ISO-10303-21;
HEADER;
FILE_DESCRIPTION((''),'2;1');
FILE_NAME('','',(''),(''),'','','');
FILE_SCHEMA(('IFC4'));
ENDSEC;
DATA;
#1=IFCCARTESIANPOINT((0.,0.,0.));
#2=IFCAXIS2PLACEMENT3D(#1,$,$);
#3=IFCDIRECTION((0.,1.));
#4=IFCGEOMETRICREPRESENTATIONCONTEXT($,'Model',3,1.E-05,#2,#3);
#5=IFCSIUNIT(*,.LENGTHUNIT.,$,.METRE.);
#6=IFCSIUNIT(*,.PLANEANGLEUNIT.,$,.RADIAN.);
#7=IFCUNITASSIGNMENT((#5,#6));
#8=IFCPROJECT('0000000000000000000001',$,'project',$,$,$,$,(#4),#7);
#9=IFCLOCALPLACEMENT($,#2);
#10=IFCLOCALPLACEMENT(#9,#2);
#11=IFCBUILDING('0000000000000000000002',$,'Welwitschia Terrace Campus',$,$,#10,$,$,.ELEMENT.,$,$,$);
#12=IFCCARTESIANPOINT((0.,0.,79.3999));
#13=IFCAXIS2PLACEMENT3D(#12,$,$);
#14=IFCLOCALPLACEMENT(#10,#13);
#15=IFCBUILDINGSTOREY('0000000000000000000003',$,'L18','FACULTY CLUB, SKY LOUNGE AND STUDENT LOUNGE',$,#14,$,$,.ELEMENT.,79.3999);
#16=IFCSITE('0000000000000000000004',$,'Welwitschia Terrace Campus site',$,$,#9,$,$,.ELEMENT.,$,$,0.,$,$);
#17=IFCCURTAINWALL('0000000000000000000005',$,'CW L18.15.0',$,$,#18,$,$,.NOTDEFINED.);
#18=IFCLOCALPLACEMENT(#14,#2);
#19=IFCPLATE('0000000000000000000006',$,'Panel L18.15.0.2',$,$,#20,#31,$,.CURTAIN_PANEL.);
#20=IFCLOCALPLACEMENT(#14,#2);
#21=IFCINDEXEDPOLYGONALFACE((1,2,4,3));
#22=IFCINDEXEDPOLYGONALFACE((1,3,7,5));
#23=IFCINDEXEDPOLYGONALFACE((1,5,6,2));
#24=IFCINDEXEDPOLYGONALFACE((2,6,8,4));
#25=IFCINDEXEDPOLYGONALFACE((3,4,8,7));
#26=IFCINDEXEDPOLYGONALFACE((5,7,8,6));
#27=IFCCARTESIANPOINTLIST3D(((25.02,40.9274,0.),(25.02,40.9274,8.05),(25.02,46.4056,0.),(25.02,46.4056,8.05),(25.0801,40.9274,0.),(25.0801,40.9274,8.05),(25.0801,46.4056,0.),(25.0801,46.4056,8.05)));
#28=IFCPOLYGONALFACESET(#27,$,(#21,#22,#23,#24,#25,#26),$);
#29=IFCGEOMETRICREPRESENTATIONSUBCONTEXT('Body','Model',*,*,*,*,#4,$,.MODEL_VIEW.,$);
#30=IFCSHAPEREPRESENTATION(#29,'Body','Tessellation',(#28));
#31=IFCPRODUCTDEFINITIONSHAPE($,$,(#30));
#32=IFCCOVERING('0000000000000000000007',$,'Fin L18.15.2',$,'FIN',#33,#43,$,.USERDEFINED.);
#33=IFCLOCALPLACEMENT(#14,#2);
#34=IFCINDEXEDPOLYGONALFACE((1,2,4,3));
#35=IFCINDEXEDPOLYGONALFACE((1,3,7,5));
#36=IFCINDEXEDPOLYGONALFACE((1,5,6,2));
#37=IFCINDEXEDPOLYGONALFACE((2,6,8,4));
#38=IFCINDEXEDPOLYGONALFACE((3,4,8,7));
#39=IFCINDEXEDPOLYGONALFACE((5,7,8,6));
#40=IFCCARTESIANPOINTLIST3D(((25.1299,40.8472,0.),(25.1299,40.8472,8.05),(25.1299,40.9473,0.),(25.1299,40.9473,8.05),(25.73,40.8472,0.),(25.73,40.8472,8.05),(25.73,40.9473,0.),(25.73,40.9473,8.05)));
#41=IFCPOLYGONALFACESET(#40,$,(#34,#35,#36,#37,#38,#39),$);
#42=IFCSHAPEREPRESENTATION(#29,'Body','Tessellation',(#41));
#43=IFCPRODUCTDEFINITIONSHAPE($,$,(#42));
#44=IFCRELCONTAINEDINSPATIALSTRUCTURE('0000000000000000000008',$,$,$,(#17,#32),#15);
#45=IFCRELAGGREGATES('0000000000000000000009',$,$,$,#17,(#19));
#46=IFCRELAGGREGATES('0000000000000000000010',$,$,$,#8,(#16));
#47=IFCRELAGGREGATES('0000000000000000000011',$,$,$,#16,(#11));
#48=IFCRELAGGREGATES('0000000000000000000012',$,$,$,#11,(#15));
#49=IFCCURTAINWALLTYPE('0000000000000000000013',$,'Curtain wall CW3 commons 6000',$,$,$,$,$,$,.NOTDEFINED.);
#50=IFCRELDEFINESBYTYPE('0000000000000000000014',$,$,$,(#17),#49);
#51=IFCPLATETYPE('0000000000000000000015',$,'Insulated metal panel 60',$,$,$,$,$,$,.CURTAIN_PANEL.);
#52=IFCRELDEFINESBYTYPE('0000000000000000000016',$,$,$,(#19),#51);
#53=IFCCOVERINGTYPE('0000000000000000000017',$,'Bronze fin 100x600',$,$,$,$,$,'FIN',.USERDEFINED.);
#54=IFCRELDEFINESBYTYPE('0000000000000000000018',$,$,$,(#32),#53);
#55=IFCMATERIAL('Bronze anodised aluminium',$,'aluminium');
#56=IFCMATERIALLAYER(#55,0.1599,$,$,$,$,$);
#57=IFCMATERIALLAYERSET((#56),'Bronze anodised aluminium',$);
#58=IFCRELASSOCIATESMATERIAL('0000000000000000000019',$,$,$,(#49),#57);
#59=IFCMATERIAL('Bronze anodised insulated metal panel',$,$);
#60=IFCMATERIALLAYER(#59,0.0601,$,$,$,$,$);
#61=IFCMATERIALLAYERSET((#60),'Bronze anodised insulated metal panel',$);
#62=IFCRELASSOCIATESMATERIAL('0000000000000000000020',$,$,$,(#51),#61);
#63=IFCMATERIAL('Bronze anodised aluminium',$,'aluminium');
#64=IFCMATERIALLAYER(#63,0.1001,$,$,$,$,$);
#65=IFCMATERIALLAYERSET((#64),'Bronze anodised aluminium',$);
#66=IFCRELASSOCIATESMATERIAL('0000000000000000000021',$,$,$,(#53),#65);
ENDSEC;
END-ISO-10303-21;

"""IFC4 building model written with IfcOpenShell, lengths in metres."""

from ifc_helpers import new_model, si_unit, direction, frame, origin, origin_2d, place, context, subcontext, project, spatial, rectangle, extrude, material, layer, layer_set, type_object, element, aggregate, save


model = new_model("IFC4")

# Units and contexts
model_context = context("Model", 3, precision=1e-05, world=origin(), true_north=direction((0.0, 1.0)))
body_context = subcontext(model_context, "Body", "Model", "MODEL_VIEW")
ifc_project = project(units=[si_unit("LENGTHUNIT", "METRE"), si_unit("PLANEANGLEUNIT", "RADIAN")], contexts=[model_context])

# Site, building, storey
site_placement = place(None, origin())
site = spatial("IfcSite", under=ifc_project, at=site_placement, Name="Welwitschia Terrace Campus site", CompositionType="ELEMENT", RefElevation=0.0)
building_placement = place(site_placement, origin())
building = spatial("IfcBuilding", under=site, at=building_placement, Name="Welwitschia Terrace Campus", CompositionType="ELEMENT")
storey_placement = place(building_placement, frame((0.0, 0.0, 79.3999)))
storey = spatial("IfcBuildingStorey", under=building, at=storey_placement, Name="L18", Description="FACULTY CLUB, SKY LOUNGE AND STUDENT LOUNGE", CompositionType="ELEMENT", Elevation=79.3999)

# Curtain wall
ifc_material_1 = material(Name="Bronze anodised aluminium", Category="aluminium")
ifc_layer_1 = layer(ifc_material_1, 0.1599)
ifc_layer_set_1 = layer_set([ifc_layer_1], Name="Bronze anodised aluminium")
curtain_wall_type = type_object("IfcCurtainWallType", Name="Curtain wall CW3 commons 6000", PredefinedType="NOTDEFINED", material=ifc_layer_set_1)
curtain_wall_placement = place(storey_placement, origin())
curtain_wall = element("IfcCurtainWall", 1, at=curtain_wall_placement, inside=storey, type_object=curtain_wall_type, Name="CW L18.15.0", PredefinedType="NOTDEFINED")

# Plate
ifc_material_2 = material(Name="Bronze anodised insulated metal panel")
ifc_layer_2 = layer(ifc_material_2, 0.0601)
ifc_layer_set_2 = layer_set([ifc_layer_2], Name="Bronze anodised insulated metal panel")
plate_type = type_object("IfcPlateType", Name="Insulated metal panel 60", PredefinedType="CURTAIN_PANEL", material=ifc_layer_set_2)
plate_1_placement = place(storey_placement, frame((25.05, 43.6665, 0.0), z_axis=(0.0, 0.0, 1.0), x_axis=(0.0, 1.0, 0.0)))
plate_1 = element("IfcPlate", 2, at=plate_1_placement, type_object=plate_type, Name="Panel L18.15.0.2", PredefinedType="CURTAIN_PANEL", context=body_context, shape_type="SweptSolid", body=[
    extrude(rectangle(XDim=5.4783, YDim=0.0601, at=origin_2d()), origin(), (0.0, 0.0, 1.0), 8.05),
])
aggregate(curtain_wall, [plate_1])

# Covering
ifc_material_3 = material(Name="Bronze anodised aluminium", Category="aluminium")
ifc_layer_3 = layer(ifc_material_3, 0.1001)
ifc_layer_set_3 = layer_set([ifc_layer_3], Name="Bronze anodised aluminium")
covering_type = type_object("IfcCoveringType", Name="Bronze fin 100x600", ElementType="FIN", PredefinedType="USERDEFINED", material=ifc_layer_set_3)
covering_placement = place(storey_placement, frame((25.4299, 40.8972, 0.0), z_axis=(0.0, 0.0, 1.0), x_axis=(0.0, 1.0, 0.0)))
element("IfcCovering", 3, at=covering_placement, inside=storey, type_object=covering_type, Name="Fin L18.15.2", ObjectType="FIN", PredefinedType="USERDEFINED", context=body_context, shape_type="SweptSolid", body=[
    extrude(rectangle(XDim=0.1001, YDim=0.6001, at=origin_2d()), origin(), (0.0, 0.0, 1.0), 8.05),
])

save(model, "model.ifc")
